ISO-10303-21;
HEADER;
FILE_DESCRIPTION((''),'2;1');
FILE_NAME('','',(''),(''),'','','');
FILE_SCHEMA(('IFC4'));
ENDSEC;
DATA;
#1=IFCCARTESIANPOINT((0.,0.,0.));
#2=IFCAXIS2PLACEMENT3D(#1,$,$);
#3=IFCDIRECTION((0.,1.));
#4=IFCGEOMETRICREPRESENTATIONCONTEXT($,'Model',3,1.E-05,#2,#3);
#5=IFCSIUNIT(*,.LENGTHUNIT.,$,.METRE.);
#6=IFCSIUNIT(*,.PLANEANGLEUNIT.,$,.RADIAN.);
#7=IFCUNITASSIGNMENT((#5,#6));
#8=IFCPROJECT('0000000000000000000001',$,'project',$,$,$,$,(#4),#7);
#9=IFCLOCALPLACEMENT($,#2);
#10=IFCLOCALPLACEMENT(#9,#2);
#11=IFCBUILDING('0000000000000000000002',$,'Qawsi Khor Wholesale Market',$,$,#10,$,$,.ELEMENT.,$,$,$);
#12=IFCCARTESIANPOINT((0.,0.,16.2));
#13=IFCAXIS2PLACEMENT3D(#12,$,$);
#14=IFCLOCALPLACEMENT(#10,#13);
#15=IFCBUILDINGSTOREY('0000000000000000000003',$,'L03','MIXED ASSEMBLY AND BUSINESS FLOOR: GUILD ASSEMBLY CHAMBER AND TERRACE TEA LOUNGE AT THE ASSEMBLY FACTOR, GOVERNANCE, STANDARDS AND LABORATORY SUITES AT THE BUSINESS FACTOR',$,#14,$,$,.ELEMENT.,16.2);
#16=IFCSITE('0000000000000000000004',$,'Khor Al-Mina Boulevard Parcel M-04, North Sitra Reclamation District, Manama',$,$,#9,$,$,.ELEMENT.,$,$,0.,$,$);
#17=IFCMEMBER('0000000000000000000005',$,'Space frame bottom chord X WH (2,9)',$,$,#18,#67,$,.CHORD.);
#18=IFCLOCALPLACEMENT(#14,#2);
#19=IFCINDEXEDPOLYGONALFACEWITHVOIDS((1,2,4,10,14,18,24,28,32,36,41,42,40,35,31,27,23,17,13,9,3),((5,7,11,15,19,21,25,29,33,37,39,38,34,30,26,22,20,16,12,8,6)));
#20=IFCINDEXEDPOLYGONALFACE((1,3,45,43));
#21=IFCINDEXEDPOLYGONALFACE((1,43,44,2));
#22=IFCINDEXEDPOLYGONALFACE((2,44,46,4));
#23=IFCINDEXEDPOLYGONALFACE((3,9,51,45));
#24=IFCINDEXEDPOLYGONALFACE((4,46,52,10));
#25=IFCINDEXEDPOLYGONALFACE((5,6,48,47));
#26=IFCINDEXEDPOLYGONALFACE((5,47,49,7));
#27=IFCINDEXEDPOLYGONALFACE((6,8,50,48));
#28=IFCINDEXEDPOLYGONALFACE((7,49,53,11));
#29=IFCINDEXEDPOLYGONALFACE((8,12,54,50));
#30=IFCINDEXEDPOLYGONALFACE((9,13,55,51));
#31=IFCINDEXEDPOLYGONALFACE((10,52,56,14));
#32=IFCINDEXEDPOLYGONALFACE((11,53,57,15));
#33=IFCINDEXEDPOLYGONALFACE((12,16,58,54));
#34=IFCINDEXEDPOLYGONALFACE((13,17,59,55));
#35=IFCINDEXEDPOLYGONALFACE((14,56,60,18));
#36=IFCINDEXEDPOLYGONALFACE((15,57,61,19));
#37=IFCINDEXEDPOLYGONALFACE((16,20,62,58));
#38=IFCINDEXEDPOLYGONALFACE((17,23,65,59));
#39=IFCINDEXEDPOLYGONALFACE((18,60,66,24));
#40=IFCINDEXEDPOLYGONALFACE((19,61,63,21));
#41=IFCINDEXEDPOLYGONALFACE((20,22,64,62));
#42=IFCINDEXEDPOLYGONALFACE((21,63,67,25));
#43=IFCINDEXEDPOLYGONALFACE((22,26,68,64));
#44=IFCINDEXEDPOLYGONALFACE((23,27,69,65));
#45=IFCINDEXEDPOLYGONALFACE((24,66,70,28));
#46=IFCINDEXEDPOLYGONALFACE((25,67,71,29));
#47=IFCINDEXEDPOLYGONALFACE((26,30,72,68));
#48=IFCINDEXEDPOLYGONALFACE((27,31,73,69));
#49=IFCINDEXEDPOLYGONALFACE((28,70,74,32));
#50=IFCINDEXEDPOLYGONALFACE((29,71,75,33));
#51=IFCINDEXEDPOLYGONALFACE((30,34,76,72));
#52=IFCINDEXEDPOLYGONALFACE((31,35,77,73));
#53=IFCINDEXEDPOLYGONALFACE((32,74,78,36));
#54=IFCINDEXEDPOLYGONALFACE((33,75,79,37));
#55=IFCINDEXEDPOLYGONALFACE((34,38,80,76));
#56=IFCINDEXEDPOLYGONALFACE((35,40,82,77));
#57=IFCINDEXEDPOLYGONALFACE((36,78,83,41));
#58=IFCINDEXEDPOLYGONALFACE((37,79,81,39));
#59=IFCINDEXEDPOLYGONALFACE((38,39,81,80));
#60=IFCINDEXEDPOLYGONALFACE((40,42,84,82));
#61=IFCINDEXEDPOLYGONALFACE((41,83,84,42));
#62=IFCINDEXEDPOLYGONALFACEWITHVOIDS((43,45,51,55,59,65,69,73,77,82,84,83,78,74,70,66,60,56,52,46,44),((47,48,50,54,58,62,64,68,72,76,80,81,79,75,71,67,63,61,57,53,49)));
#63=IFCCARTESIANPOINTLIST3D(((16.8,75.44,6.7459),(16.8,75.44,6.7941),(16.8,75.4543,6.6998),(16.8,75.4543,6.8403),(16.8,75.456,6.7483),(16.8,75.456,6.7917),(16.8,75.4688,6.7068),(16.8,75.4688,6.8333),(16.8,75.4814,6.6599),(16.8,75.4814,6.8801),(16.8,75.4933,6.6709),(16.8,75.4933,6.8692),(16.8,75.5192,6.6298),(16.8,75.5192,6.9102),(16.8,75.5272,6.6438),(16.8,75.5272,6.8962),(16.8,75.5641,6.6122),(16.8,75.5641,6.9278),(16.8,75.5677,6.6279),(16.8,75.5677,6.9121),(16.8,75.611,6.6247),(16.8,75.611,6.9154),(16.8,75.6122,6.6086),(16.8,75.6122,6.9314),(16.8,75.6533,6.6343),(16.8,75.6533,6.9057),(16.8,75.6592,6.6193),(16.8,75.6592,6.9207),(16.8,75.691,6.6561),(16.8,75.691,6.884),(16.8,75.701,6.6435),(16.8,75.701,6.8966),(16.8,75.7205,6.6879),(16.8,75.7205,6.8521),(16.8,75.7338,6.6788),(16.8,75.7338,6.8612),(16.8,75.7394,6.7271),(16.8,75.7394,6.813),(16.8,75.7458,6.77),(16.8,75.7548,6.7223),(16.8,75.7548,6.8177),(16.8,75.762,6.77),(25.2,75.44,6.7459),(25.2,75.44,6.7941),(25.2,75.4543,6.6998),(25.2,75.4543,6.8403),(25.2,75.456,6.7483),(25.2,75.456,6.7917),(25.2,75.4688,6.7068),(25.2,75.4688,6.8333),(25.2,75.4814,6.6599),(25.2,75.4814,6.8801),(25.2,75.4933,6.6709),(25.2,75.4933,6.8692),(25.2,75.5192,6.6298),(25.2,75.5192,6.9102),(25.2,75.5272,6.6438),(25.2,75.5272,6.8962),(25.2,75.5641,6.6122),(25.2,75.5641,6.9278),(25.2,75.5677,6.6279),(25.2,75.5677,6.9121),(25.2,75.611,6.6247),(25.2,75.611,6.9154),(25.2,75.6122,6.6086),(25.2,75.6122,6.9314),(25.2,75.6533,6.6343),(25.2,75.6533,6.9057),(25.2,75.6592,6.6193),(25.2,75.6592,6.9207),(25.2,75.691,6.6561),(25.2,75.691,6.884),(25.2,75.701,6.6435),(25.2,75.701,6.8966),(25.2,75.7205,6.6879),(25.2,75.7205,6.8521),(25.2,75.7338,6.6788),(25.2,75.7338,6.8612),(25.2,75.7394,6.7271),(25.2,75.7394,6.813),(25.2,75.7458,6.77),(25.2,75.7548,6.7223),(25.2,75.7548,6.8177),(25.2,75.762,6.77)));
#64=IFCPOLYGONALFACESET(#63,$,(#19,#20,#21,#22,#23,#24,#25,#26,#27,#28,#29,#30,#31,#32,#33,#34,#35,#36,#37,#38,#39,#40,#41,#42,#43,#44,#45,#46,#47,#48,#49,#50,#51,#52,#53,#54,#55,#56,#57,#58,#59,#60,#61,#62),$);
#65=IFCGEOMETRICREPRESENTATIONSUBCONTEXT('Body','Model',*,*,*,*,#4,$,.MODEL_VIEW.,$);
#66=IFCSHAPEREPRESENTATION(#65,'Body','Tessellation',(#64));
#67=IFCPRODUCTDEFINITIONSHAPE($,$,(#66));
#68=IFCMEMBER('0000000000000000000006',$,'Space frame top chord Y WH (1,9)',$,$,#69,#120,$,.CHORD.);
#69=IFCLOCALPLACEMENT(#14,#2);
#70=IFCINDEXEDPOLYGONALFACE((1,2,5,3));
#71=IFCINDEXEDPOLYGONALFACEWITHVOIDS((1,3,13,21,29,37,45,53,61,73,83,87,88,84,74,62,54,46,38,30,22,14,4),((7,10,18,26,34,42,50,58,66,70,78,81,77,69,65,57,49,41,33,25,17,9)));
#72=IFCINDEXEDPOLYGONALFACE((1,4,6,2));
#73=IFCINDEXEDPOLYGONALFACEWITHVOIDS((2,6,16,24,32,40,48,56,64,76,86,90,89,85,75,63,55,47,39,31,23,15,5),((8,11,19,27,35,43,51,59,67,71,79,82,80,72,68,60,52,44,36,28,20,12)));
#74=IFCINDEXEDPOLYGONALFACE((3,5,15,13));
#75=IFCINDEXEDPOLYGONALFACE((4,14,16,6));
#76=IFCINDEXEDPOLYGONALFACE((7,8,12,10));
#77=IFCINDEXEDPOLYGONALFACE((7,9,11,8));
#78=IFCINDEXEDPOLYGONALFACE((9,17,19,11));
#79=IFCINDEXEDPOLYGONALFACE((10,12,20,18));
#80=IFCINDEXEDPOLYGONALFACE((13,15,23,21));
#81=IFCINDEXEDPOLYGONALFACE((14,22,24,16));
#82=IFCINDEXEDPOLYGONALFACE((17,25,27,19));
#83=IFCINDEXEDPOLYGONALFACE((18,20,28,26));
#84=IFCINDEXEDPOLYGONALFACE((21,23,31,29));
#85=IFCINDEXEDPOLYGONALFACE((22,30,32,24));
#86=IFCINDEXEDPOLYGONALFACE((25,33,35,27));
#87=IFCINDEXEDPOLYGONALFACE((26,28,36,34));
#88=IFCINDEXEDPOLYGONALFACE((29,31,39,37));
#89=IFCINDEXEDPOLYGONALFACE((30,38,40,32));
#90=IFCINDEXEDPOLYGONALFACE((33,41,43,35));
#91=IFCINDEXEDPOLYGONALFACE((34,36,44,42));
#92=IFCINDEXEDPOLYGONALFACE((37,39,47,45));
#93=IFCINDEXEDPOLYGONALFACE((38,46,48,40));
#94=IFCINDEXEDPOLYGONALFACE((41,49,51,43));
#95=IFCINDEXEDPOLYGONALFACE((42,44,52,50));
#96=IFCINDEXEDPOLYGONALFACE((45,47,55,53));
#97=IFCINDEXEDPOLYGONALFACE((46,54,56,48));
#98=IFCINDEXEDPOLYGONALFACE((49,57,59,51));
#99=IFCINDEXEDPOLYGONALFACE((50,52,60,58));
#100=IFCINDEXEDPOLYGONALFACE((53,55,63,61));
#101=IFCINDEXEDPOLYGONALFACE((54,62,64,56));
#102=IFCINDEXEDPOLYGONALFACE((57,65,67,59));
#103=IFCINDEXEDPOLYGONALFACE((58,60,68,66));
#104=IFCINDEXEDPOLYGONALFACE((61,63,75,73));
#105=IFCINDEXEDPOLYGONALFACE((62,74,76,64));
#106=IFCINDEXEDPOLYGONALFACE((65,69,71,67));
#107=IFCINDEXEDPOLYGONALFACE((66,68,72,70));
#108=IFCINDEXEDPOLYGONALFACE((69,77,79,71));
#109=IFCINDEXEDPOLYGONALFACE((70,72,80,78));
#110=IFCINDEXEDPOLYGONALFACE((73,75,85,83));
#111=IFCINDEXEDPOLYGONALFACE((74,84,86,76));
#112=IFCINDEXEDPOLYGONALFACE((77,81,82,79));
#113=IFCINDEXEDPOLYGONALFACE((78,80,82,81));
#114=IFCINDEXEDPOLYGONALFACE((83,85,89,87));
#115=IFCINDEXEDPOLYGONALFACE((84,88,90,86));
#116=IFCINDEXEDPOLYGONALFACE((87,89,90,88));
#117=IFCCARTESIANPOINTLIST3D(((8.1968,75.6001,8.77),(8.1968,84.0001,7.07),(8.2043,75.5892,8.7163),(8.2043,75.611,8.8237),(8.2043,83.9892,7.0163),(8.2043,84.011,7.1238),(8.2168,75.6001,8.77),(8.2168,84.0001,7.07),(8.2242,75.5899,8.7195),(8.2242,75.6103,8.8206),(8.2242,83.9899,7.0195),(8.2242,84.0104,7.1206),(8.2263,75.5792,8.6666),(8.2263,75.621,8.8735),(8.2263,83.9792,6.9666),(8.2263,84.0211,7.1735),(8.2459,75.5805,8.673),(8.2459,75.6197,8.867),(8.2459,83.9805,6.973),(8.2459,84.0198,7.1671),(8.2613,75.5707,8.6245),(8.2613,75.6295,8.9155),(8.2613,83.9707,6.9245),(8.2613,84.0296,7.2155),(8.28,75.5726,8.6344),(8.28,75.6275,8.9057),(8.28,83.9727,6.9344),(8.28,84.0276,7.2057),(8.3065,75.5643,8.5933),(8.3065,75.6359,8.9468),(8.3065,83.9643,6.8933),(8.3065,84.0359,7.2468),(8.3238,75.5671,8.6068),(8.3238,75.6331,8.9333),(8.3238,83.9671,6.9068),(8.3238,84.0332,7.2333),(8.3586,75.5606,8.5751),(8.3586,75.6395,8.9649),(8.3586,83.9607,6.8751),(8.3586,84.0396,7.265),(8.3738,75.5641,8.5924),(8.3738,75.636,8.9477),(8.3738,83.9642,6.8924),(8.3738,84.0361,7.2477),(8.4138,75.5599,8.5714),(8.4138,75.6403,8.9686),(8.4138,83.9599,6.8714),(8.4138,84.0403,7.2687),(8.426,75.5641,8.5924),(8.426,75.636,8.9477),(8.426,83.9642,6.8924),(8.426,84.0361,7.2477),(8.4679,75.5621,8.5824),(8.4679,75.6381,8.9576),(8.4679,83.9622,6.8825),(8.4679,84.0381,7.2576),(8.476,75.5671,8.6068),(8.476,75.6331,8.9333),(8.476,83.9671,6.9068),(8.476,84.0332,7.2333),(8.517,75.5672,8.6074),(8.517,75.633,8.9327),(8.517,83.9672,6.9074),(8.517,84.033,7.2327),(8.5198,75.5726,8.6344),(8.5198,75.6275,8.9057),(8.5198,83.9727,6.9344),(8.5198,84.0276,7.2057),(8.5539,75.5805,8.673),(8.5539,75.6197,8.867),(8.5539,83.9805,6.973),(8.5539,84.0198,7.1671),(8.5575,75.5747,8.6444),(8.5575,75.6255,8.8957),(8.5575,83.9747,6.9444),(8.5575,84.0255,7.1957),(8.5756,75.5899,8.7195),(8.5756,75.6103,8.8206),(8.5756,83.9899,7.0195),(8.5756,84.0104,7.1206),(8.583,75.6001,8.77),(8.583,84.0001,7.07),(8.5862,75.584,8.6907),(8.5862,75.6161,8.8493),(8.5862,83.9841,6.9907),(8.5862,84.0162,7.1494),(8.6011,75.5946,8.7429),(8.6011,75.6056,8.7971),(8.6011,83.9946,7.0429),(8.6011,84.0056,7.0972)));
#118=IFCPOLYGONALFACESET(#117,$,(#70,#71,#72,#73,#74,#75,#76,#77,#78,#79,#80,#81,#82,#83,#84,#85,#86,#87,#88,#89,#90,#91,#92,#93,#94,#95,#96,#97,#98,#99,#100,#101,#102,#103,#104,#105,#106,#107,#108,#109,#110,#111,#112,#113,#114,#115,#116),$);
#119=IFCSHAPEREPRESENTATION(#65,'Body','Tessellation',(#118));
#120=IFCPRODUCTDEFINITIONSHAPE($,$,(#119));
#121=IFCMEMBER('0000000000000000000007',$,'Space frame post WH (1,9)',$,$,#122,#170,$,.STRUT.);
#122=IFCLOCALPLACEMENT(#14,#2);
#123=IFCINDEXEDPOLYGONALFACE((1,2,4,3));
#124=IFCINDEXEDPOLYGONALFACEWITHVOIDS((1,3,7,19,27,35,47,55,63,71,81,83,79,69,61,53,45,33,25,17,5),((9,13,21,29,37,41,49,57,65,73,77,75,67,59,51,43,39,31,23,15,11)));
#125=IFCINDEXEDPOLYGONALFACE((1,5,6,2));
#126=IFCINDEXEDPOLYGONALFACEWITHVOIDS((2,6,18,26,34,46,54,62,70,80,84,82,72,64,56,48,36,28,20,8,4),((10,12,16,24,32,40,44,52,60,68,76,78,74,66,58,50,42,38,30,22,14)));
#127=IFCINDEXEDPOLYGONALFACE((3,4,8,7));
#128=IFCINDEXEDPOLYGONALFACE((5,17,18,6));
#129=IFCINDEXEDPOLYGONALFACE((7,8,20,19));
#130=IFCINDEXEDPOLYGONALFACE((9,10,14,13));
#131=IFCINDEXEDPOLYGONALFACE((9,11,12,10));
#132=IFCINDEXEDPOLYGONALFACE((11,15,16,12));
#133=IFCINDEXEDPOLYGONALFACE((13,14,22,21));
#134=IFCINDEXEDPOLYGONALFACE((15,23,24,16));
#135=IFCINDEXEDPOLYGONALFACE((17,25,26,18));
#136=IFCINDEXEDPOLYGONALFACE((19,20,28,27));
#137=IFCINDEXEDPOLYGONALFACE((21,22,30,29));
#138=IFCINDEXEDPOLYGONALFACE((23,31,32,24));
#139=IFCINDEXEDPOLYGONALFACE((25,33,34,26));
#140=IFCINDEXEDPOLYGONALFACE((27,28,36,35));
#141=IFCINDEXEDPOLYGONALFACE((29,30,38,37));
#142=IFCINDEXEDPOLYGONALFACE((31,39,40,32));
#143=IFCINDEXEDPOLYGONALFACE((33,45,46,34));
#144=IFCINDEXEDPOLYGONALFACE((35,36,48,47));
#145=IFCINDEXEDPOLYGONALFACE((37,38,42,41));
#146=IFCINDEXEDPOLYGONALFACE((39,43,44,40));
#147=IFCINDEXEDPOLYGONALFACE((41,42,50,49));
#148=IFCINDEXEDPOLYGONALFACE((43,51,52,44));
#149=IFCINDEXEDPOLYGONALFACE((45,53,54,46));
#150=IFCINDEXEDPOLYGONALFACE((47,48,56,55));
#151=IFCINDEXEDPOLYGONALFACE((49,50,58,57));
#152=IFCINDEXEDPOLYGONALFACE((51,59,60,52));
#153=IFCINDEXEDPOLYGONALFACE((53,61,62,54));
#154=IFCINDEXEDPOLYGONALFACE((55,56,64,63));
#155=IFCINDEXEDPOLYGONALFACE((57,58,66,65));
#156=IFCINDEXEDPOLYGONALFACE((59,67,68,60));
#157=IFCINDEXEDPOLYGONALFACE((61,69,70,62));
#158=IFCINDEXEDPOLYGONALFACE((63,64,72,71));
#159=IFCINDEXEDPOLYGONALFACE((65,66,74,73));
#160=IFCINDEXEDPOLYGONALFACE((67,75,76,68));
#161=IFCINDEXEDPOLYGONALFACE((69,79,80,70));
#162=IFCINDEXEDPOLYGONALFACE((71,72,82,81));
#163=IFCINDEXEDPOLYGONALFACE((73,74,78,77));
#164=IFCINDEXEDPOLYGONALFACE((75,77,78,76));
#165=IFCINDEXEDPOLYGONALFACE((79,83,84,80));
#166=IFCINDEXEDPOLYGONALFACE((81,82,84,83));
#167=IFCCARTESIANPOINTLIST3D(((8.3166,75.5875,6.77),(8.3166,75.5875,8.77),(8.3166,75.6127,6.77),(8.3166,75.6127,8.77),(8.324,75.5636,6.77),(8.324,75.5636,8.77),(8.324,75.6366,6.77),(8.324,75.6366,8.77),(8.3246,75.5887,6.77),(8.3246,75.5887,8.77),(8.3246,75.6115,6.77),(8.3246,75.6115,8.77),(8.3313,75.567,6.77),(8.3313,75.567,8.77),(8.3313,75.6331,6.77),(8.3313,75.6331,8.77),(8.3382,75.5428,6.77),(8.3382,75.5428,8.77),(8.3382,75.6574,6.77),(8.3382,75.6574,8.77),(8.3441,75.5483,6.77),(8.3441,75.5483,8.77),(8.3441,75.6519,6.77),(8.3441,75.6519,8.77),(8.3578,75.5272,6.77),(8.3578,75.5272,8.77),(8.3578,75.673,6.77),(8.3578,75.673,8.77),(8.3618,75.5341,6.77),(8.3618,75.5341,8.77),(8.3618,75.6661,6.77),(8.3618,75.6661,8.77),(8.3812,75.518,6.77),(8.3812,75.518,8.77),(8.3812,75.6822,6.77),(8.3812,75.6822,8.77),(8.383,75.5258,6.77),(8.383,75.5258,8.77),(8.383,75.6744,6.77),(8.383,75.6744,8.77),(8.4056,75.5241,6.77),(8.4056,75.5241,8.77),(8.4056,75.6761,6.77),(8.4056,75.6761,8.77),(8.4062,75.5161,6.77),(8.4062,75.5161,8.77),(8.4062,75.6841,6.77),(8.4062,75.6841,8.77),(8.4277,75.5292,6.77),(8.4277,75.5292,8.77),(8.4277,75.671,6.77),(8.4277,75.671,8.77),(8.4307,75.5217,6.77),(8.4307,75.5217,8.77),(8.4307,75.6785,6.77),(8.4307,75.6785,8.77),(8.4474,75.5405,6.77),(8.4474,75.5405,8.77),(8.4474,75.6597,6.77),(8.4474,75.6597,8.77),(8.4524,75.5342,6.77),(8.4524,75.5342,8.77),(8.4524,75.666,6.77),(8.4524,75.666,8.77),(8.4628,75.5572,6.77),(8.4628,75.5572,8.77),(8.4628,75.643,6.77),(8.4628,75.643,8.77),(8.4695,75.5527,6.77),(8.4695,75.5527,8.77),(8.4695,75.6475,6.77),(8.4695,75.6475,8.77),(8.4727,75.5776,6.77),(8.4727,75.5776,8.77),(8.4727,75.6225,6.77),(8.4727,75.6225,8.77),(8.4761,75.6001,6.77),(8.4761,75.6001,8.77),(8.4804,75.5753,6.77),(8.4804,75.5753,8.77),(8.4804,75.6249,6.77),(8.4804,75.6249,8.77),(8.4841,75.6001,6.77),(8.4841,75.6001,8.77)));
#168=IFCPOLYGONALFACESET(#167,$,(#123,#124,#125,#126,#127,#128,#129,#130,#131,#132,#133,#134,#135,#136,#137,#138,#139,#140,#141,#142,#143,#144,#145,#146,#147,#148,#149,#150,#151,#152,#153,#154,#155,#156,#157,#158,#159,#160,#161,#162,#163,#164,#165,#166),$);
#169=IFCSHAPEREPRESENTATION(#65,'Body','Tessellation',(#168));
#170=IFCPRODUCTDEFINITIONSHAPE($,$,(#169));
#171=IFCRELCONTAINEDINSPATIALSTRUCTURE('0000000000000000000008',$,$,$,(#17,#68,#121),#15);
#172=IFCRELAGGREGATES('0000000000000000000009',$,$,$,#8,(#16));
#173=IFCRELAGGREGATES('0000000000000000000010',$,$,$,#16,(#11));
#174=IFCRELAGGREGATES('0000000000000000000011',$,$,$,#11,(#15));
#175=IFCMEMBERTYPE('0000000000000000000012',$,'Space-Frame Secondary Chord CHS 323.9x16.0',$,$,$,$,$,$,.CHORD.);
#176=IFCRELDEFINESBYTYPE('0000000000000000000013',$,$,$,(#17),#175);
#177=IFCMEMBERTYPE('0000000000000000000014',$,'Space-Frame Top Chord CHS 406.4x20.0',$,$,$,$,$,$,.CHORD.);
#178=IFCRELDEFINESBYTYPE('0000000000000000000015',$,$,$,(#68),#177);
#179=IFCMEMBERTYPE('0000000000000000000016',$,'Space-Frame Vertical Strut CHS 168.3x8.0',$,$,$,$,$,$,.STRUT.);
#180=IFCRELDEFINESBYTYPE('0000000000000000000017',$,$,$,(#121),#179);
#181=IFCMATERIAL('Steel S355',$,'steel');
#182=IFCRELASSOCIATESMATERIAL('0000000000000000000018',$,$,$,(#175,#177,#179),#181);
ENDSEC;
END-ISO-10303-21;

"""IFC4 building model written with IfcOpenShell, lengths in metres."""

from ifc_helpers import new_model, si_unit, direction, frame, origin, origin_2d, place, context, subcontext, project, spatial, hollow_circle, extrude, material, material_profile, profile_set, type_object, element, save


model = new_model("IFC4")

# Units and contexts
model_context = context("Model", 3, precision=1e-05, world=origin(), true_north=direction((0.0, 1.0)))
body_context = subcontext(model_context, "Body", "Model", "MODEL_VIEW")
ifc_project = project(units=[si_unit("LENGTHUNIT", "METRE"), si_unit("PLANEANGLEUNIT", "RADIAN")], contexts=[model_context])

# Site, building, storey
site_placement = place(None, origin())
site = spatial("IfcSite", under=ifc_project, at=site_placement, Name="Khor Al-Mina Boulevard Parcel M-04, North Sitra Reclamation District, Manama", CompositionType="ELEMENT", RefElevation=0.0)
building_placement = place(site_placement, origin())
building = spatial("IfcBuilding", under=site, at=building_placement, Name="Qawsi Khor Wholesale Market", CompositionType="ELEMENT")
storey_placement = place(building_placement, frame((0.0, 0.0, 16.2)))
storey = spatial("IfcBuildingStorey", under=building, at=storey_placement, Name="L03", Description="MIXED ASSEMBLY AND BUSINESS FLOOR: GUILD ASSEMBLY CHAMBER AND TERRACE TEA LOUNGE AT THE ASSEMBLY FACTOR, GOVERNANCE, STANDARDS AND LABORATORY SUITES AT THE BUSINESS FACTOR", CompositionType="ELEMENT", Elevation=16.2)

# Members
ifc_material_1 = material(Name="Steel S355", Category="steel")
ifc_material_profile_1 = material_profile(ifc_material_1, hollow_circle(Radius=0.1619, WallThickness=0.0161, at=origin_2d()), Name="CHS 323.9x16.0")
ifc_profile_set_1 = profile_set([ifc_material_profile_1], Name="Steel S355")
member_type_1 = type_object("IfcMemberType", Name="Space-Frame Secondary Chord CHS 323.9x16.0", PredefinedType="CHORD", material=ifc_profile_set_1)
member_1_placement = place(storey_placement, frame((16.8, 75.6001, 6.77), z_axis=(1.0, 0.0, 0.0), x_axis=(0.0, 1.0, 0.0)))
element("IfcMember", 1, at=member_1_placement, inside=storey, type_object=member_type_1, Name="Space frame bottom chord X WH (2,9)", PredefinedType="CHORD", context=body_context, shape_type="SweptSolid", body=[
    extrude(hollow_circle(Radius=0.1619, WallThickness=0.0161, at=origin_2d()), origin(), (0.0, 0.0, 1.0), 8.3999),
])
ifc_material_profile_2 = material_profile(ifc_material_1, hollow_circle(Radius=0.2031, WallThickness=0.02, at=origin_2d()), Name="CHS 406.4x20.0")
ifc_profile_set_2 = profile_set([ifc_material_profile_2], Name="Steel S355")
member_type_2 = type_object("IfcMemberType", Name="Space-Frame Top Chord CHS 406.4x20.0", PredefinedType="CHORD", material=ifc_profile_set_2)
member_2_placement = place(storey_placement, frame((8.3999, 75.6001, 8.77), z_axis=(0.0, 0.98013, -0.198356), x_axis=(-1.0, 0.0, 0.0)))
element("IfcMember", 2, at=member_2_placement, inside=storey, type_object=member_type_2, Name="Space frame top chord Y WH (1,9)", PredefinedType="CHORD", context=body_context, shape_type="SweptSolid", body=[
    extrude(hollow_circle(Radius=0.2031, WallThickness=0.02, at=origin_2d()), origin(), (0.0, 0.0, 1.0), 8.5703),
])
ifc_material_profile_3 = material_profile(ifc_material_1, hollow_circle(Radius=0.0842, WallThickness=0.0081, at=origin_2d()), Name="CHS 168.3x8.0")
ifc_profile_set_3 = profile_set([ifc_material_profile_3], Name="Steel S355")
member_type_3 = type_object("IfcMemberType", Name="Space-Frame Vertical Strut CHS 168.3x8.0", PredefinedType="STRUT", material=ifc_profile_set_3)
for number, where, z_axis, x_axis, name in (
    (3, (8.3999, 75.6001, 6.77), (0.0, 0.0, 1.0), (1.0, 0.0, 0.0), "Space frame post WH (1,9)"),
):
    element("IfcMember", number, at=place(storey_placement, frame(where, z_axis=z_axis, x_axis=x_axis)), inside=storey, type_object=member_type_3, Name=name, PredefinedType="STRUT", context=body_context, shape_type="SweptSolid", body=[
        extrude(hollow_circle(Radius=0.0842, WallThickness=0.0081, at=origin_2d()), origin(), (0.0, 0.0, 1.0), 2.0),
    ])

save(model, "model.ifc")
